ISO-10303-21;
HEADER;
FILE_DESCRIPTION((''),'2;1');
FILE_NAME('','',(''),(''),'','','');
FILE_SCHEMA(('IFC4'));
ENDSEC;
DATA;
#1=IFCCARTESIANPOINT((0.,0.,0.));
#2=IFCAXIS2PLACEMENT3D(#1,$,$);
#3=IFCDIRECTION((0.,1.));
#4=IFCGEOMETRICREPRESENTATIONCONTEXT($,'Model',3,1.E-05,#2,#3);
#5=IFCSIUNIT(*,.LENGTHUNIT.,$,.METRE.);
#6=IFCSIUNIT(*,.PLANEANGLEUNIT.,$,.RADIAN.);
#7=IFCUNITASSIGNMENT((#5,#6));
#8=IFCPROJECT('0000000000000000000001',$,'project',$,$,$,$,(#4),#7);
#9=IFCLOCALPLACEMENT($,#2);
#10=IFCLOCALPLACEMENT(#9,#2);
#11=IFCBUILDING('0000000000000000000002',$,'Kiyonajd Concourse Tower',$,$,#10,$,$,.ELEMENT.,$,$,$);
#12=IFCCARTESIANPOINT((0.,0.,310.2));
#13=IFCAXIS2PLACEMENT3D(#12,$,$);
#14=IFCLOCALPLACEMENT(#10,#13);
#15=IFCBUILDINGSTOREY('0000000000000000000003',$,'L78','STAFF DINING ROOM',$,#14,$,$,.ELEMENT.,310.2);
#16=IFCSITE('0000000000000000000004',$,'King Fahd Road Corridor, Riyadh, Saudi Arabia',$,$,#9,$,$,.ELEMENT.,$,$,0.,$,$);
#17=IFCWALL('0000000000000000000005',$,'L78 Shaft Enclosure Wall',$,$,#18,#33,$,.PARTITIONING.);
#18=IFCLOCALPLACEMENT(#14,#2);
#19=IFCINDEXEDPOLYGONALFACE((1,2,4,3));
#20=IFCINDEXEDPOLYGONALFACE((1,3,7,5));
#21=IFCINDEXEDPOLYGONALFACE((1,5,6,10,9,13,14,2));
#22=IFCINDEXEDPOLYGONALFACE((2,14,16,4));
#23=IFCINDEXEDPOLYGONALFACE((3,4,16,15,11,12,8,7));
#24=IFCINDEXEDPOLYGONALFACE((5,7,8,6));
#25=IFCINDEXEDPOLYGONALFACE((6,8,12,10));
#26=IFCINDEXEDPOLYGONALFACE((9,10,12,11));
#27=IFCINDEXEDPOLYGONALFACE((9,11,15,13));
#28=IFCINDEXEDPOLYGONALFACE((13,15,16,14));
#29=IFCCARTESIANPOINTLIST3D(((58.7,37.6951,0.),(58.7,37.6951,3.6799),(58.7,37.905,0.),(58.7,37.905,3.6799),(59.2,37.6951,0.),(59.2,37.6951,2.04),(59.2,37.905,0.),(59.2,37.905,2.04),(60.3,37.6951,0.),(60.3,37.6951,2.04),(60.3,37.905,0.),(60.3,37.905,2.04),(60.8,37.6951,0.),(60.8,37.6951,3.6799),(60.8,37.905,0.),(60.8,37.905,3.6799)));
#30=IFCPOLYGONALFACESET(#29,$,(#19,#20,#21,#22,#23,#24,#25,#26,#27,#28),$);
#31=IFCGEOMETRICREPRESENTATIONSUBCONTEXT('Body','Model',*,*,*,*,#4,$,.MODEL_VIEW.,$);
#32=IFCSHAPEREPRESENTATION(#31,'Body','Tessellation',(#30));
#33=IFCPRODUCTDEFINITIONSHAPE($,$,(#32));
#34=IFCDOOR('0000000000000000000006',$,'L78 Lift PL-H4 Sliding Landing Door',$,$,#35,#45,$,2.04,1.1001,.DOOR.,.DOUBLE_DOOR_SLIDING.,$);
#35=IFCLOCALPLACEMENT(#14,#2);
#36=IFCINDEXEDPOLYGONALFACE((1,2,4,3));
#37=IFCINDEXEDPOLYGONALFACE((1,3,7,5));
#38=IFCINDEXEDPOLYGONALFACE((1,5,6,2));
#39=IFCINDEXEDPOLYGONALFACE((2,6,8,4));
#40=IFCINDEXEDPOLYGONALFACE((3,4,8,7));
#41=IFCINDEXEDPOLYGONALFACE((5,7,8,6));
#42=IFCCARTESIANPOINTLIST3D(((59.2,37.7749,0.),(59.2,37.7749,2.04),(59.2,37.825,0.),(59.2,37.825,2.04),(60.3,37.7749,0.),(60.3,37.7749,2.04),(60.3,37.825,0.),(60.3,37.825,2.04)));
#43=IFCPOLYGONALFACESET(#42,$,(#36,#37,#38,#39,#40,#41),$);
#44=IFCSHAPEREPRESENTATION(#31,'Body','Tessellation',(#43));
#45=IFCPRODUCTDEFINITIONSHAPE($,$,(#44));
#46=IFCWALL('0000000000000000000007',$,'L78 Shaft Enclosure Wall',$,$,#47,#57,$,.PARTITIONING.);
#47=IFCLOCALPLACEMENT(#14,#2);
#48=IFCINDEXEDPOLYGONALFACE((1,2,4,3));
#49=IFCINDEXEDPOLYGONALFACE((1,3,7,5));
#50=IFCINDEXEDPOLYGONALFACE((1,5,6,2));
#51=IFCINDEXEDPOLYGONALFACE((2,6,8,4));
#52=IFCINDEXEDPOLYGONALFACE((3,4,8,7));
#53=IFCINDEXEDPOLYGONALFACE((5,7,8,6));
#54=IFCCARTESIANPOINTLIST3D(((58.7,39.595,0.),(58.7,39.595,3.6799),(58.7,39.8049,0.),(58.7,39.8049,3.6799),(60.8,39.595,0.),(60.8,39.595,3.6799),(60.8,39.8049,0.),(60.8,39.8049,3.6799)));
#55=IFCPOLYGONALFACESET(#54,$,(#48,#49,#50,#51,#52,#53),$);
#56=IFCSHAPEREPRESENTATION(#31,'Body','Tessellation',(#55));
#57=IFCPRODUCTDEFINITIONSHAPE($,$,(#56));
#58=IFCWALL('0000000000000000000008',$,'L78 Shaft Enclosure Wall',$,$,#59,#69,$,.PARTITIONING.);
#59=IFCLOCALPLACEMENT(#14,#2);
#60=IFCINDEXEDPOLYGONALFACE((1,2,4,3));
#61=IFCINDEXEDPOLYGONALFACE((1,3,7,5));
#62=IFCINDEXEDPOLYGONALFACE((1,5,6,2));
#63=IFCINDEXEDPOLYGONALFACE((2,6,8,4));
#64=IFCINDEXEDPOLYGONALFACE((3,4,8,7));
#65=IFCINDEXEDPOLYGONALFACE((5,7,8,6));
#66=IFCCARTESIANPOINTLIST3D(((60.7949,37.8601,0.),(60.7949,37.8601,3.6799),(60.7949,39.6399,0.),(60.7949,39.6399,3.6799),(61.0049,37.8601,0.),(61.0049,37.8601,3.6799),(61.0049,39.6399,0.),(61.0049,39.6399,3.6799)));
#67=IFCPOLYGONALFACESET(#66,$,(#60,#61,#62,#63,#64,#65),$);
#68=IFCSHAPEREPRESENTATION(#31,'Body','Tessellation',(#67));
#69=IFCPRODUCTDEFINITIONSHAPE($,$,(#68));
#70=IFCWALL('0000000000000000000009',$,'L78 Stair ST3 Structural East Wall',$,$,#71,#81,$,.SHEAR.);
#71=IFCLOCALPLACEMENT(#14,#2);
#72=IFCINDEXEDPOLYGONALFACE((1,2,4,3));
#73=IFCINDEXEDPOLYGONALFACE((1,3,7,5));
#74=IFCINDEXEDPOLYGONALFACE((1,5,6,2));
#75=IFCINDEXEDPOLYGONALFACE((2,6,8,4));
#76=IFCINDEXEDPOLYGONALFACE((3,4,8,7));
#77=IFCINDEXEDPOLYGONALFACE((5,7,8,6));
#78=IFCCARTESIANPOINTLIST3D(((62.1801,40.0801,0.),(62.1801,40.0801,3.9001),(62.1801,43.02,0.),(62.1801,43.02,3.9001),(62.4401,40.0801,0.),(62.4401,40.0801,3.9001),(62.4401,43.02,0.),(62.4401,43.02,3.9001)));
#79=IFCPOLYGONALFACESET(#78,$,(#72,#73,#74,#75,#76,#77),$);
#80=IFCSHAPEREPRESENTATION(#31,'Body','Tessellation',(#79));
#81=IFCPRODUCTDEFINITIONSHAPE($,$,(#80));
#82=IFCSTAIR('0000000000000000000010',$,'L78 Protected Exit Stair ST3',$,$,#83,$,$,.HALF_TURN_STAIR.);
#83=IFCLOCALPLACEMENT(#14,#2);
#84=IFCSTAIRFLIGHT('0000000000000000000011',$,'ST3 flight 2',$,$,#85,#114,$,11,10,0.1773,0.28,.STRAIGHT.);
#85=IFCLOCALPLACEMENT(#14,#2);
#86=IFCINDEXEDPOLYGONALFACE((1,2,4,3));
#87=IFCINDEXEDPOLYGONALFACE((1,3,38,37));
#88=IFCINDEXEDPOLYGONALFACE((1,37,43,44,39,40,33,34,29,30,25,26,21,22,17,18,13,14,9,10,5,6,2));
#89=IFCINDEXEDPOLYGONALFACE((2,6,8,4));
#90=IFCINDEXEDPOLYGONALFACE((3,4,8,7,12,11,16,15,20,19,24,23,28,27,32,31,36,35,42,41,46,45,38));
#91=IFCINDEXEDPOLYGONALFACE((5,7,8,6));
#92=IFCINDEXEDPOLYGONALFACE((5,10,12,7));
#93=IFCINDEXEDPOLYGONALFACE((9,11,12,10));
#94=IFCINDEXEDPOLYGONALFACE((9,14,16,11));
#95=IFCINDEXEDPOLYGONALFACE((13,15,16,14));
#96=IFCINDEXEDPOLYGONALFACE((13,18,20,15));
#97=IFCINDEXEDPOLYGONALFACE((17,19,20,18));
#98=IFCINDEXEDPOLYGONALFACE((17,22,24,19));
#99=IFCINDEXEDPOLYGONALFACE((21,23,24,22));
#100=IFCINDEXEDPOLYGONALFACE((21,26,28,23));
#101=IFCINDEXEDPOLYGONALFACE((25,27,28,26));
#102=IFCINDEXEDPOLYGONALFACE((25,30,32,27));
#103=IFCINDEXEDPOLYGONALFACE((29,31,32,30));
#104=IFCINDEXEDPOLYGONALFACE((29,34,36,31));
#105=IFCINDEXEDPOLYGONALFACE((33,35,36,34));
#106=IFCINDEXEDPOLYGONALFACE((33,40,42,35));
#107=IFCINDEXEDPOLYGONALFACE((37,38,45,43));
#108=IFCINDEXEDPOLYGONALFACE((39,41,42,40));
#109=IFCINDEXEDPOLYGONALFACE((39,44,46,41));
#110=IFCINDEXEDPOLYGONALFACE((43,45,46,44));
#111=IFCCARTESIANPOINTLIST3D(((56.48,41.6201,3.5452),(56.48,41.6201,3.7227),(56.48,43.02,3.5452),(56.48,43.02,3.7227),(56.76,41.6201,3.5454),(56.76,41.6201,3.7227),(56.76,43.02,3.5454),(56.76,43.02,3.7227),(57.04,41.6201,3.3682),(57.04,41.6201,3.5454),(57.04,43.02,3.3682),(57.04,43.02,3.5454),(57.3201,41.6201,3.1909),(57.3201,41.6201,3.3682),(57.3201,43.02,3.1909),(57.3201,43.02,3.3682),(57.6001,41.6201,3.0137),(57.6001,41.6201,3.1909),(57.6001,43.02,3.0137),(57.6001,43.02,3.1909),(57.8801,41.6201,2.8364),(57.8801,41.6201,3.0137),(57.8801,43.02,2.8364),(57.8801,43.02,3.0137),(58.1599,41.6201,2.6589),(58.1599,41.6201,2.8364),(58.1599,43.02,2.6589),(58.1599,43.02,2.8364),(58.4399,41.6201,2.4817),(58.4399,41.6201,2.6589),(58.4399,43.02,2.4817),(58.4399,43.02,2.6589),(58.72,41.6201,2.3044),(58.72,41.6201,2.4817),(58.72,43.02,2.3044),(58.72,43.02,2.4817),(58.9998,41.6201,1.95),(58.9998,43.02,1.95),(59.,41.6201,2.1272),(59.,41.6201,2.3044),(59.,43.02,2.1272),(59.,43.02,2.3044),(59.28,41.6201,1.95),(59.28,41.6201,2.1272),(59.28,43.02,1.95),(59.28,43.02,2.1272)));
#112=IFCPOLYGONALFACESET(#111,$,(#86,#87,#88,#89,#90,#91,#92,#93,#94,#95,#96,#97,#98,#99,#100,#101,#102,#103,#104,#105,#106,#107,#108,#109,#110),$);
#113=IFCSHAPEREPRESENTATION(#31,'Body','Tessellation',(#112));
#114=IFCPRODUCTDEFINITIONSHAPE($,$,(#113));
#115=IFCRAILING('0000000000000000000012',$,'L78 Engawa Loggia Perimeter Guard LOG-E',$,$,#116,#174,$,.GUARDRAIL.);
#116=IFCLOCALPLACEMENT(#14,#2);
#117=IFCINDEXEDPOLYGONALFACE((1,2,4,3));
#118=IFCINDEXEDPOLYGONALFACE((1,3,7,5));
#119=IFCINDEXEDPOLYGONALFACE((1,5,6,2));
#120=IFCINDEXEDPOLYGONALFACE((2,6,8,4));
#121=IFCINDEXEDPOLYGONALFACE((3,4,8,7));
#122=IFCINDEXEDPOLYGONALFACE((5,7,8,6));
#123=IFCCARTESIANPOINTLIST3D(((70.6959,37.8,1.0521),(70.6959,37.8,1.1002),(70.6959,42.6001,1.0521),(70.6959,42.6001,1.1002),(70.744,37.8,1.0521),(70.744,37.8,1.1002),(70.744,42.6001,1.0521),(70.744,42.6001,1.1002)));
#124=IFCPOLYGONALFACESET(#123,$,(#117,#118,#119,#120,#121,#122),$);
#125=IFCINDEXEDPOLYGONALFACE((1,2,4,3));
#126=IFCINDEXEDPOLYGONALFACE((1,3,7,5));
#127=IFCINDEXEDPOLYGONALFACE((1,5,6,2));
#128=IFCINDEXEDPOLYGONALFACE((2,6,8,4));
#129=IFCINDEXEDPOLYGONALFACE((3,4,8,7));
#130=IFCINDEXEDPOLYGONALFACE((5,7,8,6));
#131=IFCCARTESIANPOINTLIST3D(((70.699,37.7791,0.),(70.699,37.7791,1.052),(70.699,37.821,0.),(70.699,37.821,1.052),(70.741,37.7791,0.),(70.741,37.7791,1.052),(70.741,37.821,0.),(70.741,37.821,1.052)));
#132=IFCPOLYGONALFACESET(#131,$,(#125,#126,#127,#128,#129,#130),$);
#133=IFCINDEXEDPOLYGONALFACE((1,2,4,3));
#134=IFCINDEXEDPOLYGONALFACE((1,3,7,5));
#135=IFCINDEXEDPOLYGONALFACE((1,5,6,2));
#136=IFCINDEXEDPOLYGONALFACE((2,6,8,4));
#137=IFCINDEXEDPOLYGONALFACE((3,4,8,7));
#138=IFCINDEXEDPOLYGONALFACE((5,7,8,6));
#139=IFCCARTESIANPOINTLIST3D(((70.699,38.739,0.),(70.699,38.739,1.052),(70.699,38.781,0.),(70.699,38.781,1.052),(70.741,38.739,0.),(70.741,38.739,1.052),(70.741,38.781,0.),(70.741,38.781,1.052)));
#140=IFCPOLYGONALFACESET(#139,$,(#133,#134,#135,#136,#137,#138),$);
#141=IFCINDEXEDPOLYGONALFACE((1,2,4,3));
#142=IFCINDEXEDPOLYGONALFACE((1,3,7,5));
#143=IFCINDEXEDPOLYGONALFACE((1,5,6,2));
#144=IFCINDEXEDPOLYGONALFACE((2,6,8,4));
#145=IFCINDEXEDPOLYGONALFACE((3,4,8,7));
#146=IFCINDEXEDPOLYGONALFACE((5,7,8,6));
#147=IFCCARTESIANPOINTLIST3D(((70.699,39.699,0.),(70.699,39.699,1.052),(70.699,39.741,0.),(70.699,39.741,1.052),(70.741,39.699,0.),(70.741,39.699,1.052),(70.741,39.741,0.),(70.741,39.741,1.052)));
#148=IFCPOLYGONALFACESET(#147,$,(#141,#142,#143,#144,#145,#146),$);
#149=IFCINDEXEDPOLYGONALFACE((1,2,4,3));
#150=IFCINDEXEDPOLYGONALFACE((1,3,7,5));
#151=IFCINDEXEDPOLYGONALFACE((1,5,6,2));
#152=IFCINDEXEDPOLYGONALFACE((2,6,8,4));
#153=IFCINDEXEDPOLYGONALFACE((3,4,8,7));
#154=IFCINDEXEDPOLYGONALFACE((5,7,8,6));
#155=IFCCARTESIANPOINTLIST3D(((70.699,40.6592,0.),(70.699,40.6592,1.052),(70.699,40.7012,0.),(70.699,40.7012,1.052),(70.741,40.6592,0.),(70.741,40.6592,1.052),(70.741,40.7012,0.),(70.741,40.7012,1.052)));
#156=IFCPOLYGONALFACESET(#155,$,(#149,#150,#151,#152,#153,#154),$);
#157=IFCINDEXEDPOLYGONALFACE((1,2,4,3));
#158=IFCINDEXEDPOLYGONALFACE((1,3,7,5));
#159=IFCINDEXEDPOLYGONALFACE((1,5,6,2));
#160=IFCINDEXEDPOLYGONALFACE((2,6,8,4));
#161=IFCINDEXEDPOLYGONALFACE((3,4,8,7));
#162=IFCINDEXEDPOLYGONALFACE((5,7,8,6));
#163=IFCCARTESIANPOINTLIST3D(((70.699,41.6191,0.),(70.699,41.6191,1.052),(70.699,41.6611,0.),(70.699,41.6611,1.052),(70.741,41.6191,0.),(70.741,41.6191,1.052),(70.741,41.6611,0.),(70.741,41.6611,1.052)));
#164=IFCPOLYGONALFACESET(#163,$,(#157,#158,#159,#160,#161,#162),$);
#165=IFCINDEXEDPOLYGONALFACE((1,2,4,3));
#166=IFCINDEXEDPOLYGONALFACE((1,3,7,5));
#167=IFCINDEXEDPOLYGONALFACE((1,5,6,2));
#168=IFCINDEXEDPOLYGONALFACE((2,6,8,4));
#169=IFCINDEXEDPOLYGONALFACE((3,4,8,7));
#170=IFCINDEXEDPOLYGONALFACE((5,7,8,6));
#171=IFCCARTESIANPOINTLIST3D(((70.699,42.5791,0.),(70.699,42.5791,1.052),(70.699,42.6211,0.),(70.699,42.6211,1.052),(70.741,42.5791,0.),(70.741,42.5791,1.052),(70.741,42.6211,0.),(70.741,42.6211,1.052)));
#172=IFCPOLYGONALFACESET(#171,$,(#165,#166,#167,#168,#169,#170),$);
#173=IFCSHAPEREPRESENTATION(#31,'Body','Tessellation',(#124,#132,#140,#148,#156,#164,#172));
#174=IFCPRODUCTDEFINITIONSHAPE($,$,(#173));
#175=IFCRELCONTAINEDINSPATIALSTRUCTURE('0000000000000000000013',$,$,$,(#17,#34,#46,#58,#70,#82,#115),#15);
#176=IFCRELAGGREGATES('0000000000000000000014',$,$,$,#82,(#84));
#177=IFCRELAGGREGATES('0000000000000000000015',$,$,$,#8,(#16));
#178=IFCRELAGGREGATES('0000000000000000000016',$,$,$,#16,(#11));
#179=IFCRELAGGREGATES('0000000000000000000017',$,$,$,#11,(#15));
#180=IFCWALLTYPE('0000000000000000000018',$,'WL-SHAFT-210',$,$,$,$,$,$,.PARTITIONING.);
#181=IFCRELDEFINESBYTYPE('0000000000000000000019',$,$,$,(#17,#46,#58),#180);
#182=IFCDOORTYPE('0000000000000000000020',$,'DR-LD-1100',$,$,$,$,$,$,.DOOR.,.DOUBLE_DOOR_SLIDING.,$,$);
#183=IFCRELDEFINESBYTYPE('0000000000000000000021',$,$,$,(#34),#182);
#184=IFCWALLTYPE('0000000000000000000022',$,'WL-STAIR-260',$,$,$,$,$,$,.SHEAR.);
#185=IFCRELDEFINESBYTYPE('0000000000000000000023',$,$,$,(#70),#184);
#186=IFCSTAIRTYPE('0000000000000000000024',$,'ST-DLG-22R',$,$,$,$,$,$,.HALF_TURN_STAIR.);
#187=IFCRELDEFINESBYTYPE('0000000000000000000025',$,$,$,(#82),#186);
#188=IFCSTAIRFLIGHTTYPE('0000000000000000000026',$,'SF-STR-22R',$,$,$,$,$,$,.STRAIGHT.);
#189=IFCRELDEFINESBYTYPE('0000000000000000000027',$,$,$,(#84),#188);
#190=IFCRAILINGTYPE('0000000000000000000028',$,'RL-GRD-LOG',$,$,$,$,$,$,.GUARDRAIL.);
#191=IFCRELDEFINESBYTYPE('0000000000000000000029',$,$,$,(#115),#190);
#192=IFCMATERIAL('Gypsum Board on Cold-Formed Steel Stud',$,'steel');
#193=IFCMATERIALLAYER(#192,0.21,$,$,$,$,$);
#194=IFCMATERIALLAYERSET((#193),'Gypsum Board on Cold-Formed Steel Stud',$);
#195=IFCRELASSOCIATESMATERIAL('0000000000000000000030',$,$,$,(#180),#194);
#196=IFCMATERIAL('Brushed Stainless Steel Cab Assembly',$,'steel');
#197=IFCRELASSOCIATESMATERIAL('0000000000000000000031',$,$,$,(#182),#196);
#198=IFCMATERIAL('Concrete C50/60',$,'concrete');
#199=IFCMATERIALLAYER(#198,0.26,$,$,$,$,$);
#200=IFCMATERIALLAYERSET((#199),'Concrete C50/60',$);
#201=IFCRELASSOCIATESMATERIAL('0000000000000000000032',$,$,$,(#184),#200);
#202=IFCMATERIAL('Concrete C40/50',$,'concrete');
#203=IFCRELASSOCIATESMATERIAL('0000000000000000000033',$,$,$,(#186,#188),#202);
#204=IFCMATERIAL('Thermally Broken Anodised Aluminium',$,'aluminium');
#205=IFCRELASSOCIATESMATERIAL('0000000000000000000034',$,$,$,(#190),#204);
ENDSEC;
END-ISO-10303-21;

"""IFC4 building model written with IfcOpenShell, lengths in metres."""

from ifc_helpers import new_model, si_unit, direction, frame, frame_2d, origin, origin_2d, place, context, subcontext, project, spatial, polyline, rectangle, outline, extrude, material, layer, layer_set, type_object, element, fill, aggregate, save


model = new_model("IFC4")

# Units and contexts
model_context = context("Model", 3, precision=1e-05, world=origin(), true_north=direction((0.0, 1.0)))
body_context = subcontext(model_context, "Body", "Model", "MODEL_VIEW")
ifc_project = project(units=[si_unit("LENGTHUNIT", "METRE"), si_unit("PLANEANGLEUNIT", "RADIAN")], contexts=[model_context])

# Site, building, storey
site_placement = place(None, origin())
site = spatial("IfcSite", under=ifc_project, at=site_placement, Name="King Fahd Road Corridor, Riyadh, Saudi Arabia", CompositionType="ELEMENT", RefElevation=0.0)
building_placement = place(site_placement, origin())
building = spatial("IfcBuilding", under=site, at=building_placement, Name="Kiyonajd Concourse Tower", CompositionType="ELEMENT")
storey_placement = place(building_placement, frame((0.0, 0.0, 310.2)))
storey = spatial("IfcBuildingStorey", under=building, at=storey_placement, Name="L78", Description="STAFF DINING ROOM", CompositionType="ELEMENT", Elevation=310.2)

# Shared definitions
ifc_material_1 = material(Name="Thermally Broken Anodised Aluminium", Category="aluminium")

# Shared definitions
ifc_material_2 = material(Name="Gypsum Board on Cold-Formed Steel Stud", Category="steel")
ifc_layer_1 = layer(ifc_material_2, 0.21)
ifc_layer_set_1 = layer_set([ifc_layer_1], Name="Gypsum Board on Cold-Formed Steel Stud")
wall_type_1 = type_object("IfcWallType", Name="WL-SHAFT-210", PredefinedType="PARTITIONING", material=ifc_layer_set_1)

# Wall, opening, door
wall_1_placement = place(storey_placement, frame((58.7, 37.8, 0.0), z_axis=(0.0, 0.0, 1.0), x_axis=(1.0, 0.0, 0.0)))
wall_1 = element("IfcWall", 1, at=wall_1_placement, inside=storey, type_object=wall_type_1, Name="L78 Shaft Enclosure Wall", PredefinedType="PARTITIONING", context=body_context, shape_type="SweptSolid", body=[
    extrude(rectangle(XDim=2.1001, YDim=0.21, at=frame_2d((1.05, 0.0))), origin(), (0.0, 0.0, 1.0), 3.6799),
])
opening_1_placement = place(wall_1_placement, frame((0.5, 0.0, 0.0)))
opening_1 = element("IfcOpeningElement", 2, at=opening_1_placement, cuts=wall_1, PredefinedType="OPENING", context=body_context, shape_type="SweptSolid", body=[
    extrude(rectangle(XDim=1.1001, YDim=2.04, at=frame_2d((0.55, 1.02))), frame((0.0, 0.115, 0.0), z_axis=(0.0, -1.0, 0.0), x_axis=(1.0, 0.0, 0.0)), (0.0, 0.0, 1.0), 0.23),
])
ifc_material_3 = material(Name="Brushed Stainless Steel Cab Assembly", Category="steel")
door_type_1 = type_object("IfcDoorType", Name="DR-LD-1100", OperationType="DOUBLE_DOOR_SLIDING", PredefinedType="DOOR", material=ifc_material_3)
door_1_placement = place(opening_1_placement, origin())
door_1 = element("IfcDoor", 3, at=door_1_placement, inside=storey, type_object=door_type_1, Name="L78 Lift PL-H4 Sliding Landing Door", OperationType="DOUBLE_DOOR_SLIDING", OverallHeight=2.04, OverallWidth=1.1001, PredefinedType="DOOR", context=body_context, shape_type="SweptSolid", body=[
    extrude(rectangle(XDim=1.1001, YDim=2.04, at=frame_2d((0.55, 1.02))), frame((0.0, 0.0249, 0.0), z_axis=(0.0, -1.0, 0.0), x_axis=(1.0, 0.0, 0.0)), (0.0, 0.0, 1.0), 0.05),
])
fill(opening_1, door_1)

# Walls
wall_2_placement = place(storey_placement, frame((58.7, 39.7, 0.0), z_axis=(0.0, 0.0, 1.0), x_axis=(1.0, 0.0, 0.0)))
element("IfcWall", 4, at=wall_2_placement, inside=storey, type_object=wall_type_1, Name="L78 Shaft Enclosure Wall", PredefinedType="PARTITIONING", context=body_context, shape_type="SweptSolid", body=[
    extrude(rectangle(XDim=2.1001, YDim=0.21, at=frame_2d((1.05, 0.0))), origin(), (0.0, 0.0, 1.0), 3.6799),
])
wall_3_placement = place(storey_placement, frame((60.8999, 37.8601, 0.0), z_axis=(0.0, 0.0, 1.0), x_axis=(0.0, 1.0, 0.0)))
element("IfcWall", 5, at=wall_3_placement, inside=storey, type_object=wall_type_1, Name="L78 Shaft Enclosure Wall", PredefinedType="PARTITIONING", context=body_context, shape_type="SweptSolid", body=[
    extrude(rectangle(XDim=1.7798, YDim=0.21, at=frame_2d((0.8899, 0.0))), origin(), (0.0, 0.0, 1.0), 3.6799),
])
ifc_material_4 = material(Name="Concrete C50/60", Category="concrete")
ifc_layer_2 = layer(ifc_material_4, 0.26)
ifc_layer_set_2 = layer_set([ifc_layer_2], Name="Concrete C50/60")
wall_type_2 = type_object("IfcWallType", Name="WL-STAIR-260", PredefinedType="SHEAR", material=ifc_layer_set_2)
wall_4_placement = place(storey_placement, frame((62.3101, 40.0801, 0.0), z_axis=(0.0, 0.0, 1.0), x_axis=(0.0, 1.0, 0.0)))
element("IfcWall", 6, at=wall_4_placement, inside=storey, type_object=wall_type_2, Name="L78 Stair ST3 Structural East Wall", PredefinedType="SHEAR", context=body_context, shape_type="SweptSolid", body=[
    extrude(rectangle(XDim=2.9399, YDim=0.26, at=frame_2d((1.47, 0.0))), origin(), (0.0, 0.0, 1.0), 3.9001),
])

# Stair, stair flight
ifc_material_5 = material(Name="Concrete C40/50", Category="concrete")
stair_type = type_object("IfcStairType", Name="ST-DLG-22R", PredefinedType="HALF_TURN_STAIR", material=ifc_material_5)
stair_placement = place(storey_placement, origin())
stair = element("IfcStair", 7, at=stair_placement, inside=storey, type_object=stair_type, Name="L78 Protected Exit Stair ST3", PredefinedType="HALF_TURN_STAIR")
stair_flight_type = type_object("IfcStairFlightType", Name="SF-STR-22R", PredefinedType="STRAIGHT", material=ifc_material_5)
stair_flight_placement = place(storey_placement, frame((59.28, 42.3201, 1.95), z_axis=(0.0, 0.0, 1.0), x_axis=(-1.0, 0.0, 0.0)))
stair_flight = element("IfcStairFlight", 8, at=stair_flight_placement, type_object=stair_flight_type, Name="ST3 flight 2", NumberOfRisers=11, NumberOfTreads=10, PredefinedType="STRAIGHT", RiserHeight=0.1773, TreadLength=0.28, context=body_context, shape_type="SweptSolid", body=[
    extrude(outline(polyline([(0.0, 0.0), (0.0, 0.1772), (0.28, 0.1772), (0.28, 0.3545), (0.5601, 0.3545), (0.5601, 0.5317), (0.8401, 0.5317), (0.8401, 0.709), (1.1201, 0.709), (1.1201, 0.8865), (1.3999, 0.8865), (1.3999, 1.0637), (1.6799, 1.0637), (1.6799, 1.241), (1.96, 1.241), (1.96, 1.4182), (2.24, 1.4182), (2.24, 1.5955), (2.52, 1.5955), (2.52, 1.7727), (2.8, 1.7727), (2.8, 1.95), (2.8, 1.5952), (0.2803, 0.0), (0.0, 0.0)])), frame((0.0, 0.7, 0.0), z_axis=(0.0, -1.0, 0.0), x_axis=(1.0, 0.0, 0.0)), (0.0, 0.0, 1.0), 1.3999),
])
aggregate(stair, [stair_flight])

# Railing
railing_type_1 = type_object("IfcRailingType", Name="RL-GRD-LOG", PredefinedType="GUARDRAIL", material=ifc_material_1)
railing_1_placement = place(storey_placement, frame((70.72, 37.8, 0.0)))
element("IfcRailing", 9, at=railing_1_placement, inside=storey, type_object=railing_type_1, Name="L78 Engawa Loggia Perimeter Guard LOG-E", PredefinedType="GUARDRAIL", context=body_context, shape_type="SweptSolid", body=[
    extrude(rectangle(XDim=0.0481, YDim=0.0481, at=origin_2d()), frame((0.0, 0.0, 1.0762), z_axis=(0.0, 1.0, 0.0), x_axis=(-1.0, 0.0, 0.0)), (0.0, 0.0, 1.0), 4.8),
    extrude(rectangle(XDim=0.042, YDim=0.042, at=origin_2d()), origin(), (0.0, 0.0, 1.0), 1.052),
    extrude(rectangle(XDim=0.042, YDim=0.042, at=origin_2d()), frame((0.0, 0.96, 0.0)), (0.0, 0.0, 1.0), 1.052),
    extrude(rectangle(XDim=0.042, YDim=0.042, at=origin_2d()), frame((0.0, 1.9199, 0.0)), (0.0, 0.0, 1.0), 1.052),
    extrude(rectangle(XDim=0.042, YDim=0.042, at=origin_2d()), frame((0.0, 2.8801, 0.0)), (0.0, 0.0, 1.0), 1.052),
    extrude(rectangle(XDim=0.042, YDim=0.042, at=origin_2d()), frame((0.0, 3.8401, 0.0)), (0.0, 0.0, 1.0), 1.052),
    extrude(rectangle(XDim=0.042, YDim=0.042, at=origin_2d()), frame((0.0, 4.8, 0.0)), (0.0, 0.0, 1.0), 1.052),
])

save(model, "model.ifc")
